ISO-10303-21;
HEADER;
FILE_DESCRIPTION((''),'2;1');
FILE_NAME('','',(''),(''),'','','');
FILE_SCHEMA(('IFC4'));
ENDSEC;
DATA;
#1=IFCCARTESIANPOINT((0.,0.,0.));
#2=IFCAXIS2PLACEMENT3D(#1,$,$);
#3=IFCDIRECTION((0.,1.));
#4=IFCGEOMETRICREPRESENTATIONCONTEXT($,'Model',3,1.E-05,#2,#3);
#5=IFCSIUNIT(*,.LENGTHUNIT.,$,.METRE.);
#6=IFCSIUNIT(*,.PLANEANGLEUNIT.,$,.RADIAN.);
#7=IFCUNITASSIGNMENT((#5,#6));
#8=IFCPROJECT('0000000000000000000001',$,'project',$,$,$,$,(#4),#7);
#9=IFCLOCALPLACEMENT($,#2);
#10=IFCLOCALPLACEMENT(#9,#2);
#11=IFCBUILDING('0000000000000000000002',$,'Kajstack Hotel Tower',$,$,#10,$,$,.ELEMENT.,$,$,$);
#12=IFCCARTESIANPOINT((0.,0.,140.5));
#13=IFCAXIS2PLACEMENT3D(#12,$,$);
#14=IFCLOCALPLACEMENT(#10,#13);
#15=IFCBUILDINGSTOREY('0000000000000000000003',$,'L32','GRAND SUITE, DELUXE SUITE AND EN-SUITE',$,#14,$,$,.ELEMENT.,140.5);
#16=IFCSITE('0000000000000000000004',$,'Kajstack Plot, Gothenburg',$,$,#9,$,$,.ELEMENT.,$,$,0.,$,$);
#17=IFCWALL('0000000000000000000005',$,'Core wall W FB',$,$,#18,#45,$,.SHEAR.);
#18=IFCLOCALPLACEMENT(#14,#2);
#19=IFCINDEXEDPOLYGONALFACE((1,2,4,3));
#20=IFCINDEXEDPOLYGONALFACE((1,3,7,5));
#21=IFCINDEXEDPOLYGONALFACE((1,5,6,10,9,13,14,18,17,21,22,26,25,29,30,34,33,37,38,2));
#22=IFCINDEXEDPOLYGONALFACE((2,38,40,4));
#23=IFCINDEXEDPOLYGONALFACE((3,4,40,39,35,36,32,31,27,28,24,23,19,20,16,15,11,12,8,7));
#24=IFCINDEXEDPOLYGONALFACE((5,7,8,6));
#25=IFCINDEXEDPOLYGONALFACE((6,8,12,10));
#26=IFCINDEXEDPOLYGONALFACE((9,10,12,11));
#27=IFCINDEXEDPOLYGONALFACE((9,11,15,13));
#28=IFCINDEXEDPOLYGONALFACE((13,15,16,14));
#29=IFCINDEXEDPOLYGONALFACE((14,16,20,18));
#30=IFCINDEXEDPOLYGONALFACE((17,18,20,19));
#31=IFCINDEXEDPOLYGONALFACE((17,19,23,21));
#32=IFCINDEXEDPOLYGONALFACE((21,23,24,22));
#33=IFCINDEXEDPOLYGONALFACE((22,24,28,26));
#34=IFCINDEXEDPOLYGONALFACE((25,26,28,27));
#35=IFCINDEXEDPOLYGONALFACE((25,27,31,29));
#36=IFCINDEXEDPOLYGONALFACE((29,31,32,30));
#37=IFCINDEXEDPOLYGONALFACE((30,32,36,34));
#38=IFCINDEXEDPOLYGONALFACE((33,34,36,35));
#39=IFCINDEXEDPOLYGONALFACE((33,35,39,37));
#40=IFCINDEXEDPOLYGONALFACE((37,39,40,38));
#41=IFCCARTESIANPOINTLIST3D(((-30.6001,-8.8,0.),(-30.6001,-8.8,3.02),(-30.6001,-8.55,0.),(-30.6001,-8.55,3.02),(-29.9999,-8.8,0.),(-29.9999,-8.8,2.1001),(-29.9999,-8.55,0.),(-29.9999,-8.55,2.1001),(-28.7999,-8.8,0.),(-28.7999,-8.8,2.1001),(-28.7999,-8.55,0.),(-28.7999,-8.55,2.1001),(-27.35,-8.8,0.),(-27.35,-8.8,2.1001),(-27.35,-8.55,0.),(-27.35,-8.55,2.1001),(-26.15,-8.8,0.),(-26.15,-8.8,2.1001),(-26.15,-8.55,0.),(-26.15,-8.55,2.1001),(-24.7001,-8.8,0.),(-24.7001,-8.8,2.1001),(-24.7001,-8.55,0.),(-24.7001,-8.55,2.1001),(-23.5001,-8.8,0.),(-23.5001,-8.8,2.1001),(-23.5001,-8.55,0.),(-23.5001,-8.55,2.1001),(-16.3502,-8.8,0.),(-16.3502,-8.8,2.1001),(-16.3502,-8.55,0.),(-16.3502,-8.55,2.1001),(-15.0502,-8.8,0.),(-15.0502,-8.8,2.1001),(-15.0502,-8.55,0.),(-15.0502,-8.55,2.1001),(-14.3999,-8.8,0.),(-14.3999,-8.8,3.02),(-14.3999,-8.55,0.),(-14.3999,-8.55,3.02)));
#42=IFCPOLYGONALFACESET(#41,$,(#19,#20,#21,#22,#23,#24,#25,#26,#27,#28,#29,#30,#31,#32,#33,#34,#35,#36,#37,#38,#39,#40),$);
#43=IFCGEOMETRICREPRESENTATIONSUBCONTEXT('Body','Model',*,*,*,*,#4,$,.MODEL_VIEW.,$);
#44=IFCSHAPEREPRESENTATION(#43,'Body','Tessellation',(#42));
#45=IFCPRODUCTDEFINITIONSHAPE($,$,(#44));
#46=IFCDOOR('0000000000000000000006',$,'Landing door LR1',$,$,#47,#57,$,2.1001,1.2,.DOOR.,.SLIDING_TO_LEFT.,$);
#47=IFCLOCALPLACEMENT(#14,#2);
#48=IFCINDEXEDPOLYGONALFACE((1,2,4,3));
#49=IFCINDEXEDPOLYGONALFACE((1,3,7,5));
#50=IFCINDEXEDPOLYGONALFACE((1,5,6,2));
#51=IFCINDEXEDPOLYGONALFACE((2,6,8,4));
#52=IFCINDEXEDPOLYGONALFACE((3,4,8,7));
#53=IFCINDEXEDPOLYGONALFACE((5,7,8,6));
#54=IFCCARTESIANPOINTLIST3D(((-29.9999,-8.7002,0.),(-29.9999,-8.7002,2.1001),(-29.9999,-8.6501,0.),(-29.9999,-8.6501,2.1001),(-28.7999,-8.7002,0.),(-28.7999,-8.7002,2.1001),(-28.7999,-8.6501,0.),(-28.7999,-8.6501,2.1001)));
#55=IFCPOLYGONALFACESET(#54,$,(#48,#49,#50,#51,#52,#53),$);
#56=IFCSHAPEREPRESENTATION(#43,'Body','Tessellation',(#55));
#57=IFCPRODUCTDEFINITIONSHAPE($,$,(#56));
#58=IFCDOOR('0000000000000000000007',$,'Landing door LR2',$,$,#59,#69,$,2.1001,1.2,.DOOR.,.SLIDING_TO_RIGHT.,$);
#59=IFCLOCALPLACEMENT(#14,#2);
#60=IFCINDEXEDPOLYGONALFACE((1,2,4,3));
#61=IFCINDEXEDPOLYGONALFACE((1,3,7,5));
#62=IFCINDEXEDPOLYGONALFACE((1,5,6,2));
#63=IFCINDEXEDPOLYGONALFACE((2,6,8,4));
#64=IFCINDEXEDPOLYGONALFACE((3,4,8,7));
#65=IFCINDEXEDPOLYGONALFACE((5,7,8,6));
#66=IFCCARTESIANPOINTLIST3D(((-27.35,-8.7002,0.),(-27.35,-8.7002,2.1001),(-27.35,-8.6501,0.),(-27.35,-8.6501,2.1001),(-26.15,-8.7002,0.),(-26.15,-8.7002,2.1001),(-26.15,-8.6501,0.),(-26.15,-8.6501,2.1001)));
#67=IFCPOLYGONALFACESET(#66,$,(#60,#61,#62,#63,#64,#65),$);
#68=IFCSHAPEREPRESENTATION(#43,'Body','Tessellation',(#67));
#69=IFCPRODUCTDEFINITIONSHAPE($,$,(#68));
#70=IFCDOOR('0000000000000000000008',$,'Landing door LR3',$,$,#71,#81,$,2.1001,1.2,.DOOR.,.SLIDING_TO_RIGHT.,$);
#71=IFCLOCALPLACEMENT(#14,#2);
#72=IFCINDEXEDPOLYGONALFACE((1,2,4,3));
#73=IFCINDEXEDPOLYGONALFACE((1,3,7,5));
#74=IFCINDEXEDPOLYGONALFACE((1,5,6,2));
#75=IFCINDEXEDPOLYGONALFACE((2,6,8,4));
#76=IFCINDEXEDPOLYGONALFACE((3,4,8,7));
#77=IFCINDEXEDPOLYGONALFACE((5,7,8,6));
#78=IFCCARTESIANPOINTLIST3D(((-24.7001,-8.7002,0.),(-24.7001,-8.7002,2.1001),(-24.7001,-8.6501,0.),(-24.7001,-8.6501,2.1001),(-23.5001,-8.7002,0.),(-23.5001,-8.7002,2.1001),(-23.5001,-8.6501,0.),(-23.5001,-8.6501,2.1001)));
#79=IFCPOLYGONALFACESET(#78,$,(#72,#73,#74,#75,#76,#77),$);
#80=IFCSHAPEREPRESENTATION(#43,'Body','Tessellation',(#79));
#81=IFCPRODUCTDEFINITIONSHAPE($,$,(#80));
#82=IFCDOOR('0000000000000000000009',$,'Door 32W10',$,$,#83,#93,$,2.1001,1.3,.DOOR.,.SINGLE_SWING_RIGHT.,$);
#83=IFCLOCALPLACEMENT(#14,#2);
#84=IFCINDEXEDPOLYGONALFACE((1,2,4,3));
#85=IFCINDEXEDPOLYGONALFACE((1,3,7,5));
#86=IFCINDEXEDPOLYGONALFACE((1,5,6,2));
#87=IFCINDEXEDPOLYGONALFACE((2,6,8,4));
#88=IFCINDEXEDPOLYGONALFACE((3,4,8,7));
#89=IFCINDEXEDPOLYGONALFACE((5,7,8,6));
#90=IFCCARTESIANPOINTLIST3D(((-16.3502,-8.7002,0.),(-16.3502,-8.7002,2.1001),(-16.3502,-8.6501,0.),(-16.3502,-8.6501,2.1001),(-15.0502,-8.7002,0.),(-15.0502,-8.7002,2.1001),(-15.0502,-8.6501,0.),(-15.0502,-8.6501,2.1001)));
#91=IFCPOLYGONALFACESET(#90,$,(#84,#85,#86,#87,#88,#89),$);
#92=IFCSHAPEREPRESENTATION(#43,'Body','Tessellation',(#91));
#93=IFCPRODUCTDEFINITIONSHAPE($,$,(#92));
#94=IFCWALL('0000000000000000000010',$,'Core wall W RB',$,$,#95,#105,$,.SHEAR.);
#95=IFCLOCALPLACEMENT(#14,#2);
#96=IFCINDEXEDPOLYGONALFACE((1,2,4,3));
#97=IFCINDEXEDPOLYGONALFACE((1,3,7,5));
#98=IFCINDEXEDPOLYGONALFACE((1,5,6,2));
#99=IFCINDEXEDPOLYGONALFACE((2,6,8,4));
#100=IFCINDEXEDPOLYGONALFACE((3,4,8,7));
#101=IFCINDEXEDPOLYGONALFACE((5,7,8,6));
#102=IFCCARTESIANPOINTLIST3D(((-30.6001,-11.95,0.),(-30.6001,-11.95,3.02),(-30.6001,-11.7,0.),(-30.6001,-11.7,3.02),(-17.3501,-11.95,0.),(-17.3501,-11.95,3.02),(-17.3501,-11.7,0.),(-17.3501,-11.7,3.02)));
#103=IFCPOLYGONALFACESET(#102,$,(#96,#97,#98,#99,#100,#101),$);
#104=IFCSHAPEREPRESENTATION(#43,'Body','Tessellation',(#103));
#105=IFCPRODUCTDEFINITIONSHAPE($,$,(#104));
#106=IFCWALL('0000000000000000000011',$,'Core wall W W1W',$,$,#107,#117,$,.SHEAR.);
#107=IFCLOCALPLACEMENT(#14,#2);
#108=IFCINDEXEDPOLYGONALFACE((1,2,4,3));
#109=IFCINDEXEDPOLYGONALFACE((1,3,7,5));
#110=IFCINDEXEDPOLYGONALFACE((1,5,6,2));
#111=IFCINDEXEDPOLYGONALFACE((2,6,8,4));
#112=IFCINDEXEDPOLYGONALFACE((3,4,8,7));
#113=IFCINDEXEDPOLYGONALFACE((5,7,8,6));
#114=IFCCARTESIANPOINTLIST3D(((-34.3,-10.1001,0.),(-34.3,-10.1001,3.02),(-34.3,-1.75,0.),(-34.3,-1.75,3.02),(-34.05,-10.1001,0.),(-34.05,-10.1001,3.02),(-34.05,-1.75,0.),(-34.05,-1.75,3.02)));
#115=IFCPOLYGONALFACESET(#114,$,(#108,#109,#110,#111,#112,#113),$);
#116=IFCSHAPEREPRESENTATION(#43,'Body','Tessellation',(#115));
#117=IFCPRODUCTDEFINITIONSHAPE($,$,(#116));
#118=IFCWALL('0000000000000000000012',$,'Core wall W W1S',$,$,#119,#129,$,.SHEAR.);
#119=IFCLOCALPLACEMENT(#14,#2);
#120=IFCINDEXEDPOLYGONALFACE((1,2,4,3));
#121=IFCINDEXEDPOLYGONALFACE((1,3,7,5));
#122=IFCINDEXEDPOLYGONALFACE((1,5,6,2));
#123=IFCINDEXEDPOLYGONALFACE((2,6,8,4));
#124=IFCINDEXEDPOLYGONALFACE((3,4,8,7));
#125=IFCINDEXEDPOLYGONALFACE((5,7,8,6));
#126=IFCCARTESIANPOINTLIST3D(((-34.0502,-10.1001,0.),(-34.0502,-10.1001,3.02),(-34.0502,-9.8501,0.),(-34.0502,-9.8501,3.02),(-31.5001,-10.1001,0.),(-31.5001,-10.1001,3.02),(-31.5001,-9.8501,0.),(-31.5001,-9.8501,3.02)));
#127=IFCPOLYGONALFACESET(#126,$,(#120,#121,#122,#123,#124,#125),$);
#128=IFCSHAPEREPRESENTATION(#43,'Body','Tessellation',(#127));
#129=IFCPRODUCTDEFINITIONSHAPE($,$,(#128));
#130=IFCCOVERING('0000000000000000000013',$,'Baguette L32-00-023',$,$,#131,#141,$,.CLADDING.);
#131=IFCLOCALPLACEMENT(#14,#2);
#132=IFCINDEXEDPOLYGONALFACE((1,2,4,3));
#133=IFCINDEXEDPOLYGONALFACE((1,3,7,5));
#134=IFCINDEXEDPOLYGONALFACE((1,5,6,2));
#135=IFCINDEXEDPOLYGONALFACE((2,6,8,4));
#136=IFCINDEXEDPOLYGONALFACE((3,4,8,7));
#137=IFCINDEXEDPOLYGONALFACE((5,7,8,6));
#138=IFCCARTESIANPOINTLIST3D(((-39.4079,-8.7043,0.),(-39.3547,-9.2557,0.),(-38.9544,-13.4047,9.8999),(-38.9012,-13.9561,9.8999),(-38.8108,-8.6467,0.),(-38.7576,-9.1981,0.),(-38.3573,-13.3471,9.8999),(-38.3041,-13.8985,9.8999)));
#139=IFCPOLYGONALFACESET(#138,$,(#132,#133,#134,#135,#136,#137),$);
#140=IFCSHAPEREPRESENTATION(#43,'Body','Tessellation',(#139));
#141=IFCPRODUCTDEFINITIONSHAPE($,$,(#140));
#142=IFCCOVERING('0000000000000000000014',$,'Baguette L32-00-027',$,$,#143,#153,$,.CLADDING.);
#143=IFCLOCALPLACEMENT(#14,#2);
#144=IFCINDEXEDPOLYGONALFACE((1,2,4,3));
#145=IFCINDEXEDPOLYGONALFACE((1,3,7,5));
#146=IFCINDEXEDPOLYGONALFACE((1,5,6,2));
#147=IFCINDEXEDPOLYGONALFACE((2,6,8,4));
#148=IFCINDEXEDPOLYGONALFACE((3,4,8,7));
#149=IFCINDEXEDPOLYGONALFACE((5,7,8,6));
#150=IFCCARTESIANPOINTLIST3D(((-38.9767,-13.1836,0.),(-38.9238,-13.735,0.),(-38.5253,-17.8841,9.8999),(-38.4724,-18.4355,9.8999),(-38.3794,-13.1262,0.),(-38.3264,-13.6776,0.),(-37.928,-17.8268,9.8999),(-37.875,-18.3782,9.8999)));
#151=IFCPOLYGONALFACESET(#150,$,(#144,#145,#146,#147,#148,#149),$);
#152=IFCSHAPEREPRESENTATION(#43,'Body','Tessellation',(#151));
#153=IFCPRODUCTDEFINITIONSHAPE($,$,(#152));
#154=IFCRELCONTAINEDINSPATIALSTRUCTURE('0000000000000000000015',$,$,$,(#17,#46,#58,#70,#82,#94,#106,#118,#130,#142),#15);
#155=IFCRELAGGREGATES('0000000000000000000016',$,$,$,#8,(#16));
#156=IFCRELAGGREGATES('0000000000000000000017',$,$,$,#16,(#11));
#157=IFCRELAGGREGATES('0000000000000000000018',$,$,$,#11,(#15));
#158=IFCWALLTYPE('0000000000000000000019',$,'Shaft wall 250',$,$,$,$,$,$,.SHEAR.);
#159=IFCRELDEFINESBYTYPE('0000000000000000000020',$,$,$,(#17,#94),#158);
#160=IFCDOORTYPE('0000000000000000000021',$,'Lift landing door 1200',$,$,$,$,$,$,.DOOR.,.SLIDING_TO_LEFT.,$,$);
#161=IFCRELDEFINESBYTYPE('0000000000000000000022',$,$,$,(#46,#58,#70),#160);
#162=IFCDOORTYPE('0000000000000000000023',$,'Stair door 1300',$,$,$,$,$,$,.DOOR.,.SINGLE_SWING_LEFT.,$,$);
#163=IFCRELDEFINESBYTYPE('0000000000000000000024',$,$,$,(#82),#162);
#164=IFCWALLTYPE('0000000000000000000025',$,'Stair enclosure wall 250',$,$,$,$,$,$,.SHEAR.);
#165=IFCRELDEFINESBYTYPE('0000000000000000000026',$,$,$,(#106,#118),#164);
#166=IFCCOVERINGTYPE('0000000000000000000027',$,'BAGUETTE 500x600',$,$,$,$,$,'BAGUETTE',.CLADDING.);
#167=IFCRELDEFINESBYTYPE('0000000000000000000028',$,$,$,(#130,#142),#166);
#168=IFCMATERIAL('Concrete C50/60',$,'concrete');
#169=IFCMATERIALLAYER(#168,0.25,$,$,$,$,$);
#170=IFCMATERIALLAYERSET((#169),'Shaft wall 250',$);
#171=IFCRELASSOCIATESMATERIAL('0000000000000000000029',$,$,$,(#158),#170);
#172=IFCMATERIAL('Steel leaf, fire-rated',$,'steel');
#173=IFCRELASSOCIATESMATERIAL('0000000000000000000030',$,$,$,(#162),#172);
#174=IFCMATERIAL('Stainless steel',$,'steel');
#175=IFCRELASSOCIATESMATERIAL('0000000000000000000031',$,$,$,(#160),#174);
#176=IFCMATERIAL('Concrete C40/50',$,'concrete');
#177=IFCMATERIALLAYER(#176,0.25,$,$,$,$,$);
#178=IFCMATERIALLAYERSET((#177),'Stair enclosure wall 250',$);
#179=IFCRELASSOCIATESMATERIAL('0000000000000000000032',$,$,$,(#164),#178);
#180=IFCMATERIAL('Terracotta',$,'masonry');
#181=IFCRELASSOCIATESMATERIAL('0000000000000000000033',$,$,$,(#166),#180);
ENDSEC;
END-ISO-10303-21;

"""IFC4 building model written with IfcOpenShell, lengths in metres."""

from ifc_helpers import new_model, si_unit, direction, frame, frame_2d, origin, origin_2d, place, context, subcontext, project, spatial, polyline, rectangle, outline, extrude, material, layer, layer_set, material_profile, profile_set, type_object, element, fill, save


model = new_model("IFC4")

# Units and contexts
model_context = context("Model", 3, precision=1e-05, world=origin(), true_north=direction((0.0, 1.0)))
body_context = subcontext(model_context, "Body", "Model", "MODEL_VIEW")
ifc_project = project(units=[si_unit("LENGTHUNIT", "METRE"), si_unit("PLANEANGLEUNIT", "RADIAN")], contexts=[model_context])

# Site, building, storey
site_placement = place(None, origin())
site = spatial("IfcSite", under=ifc_project, at=site_placement, Name="Kajstack Plot, Gothenburg", CompositionType="ELEMENT", RefElevation=0.0)
building_placement = place(site_placement, origin())
building = spatial("IfcBuilding", under=site, at=building_placement, Name="Kajstack Hotel Tower", CompositionType="ELEMENT")
storey_placement = place(building_placement, frame((0.0, 0.0, 140.5)))
storey = spatial("IfcBuildingStorey", under=building, at=storey_placement, Name="L32", Description="GRAND SUITE, DELUXE SUITE AND EN-SUITE", CompositionType="ELEMENT", Elevation=140.5)

# Shared definitions
ifc_material_1 = material(Name="Stainless steel", Category="steel")

# Wall, openings, doors
ifc_material_2 = material(Name="Concrete C50/60", Category="concrete")
ifc_layer_1 = layer(ifc_material_2, 0.25)
ifc_layer_set_1 = layer_set([ifc_layer_1], Name="Shaft wall 250")
wall_type_1 = type_object("IfcWallType", Name="Shaft wall 250", PredefinedType="SHEAR", material=ifc_layer_set_1)
ifc_material_3 = material(Name="Steel leaf, fire-rated", Category="steel")
door_type_1 = type_object("IfcDoorType", Name="Stair door 1300", OperationType="SINGLE_SWING_LEFT", PredefinedType="DOOR", material=ifc_material_3)
wall_1_placement = place(storey_placement, frame((-30.6001, -8.675, 0.0), z_axis=(0.0, 0.0, 1.0), x_axis=(1.0, 0.0, 0.0)))
wall_1 = element("IfcWall", 1, at=wall_1_placement, inside=storey, type_object=wall_type_1, Name="Core wall W FB", PredefinedType="SHEAR", context=body_context, shape_type="SweptSolid", body=[
    extrude(rectangle(XDim=16.2002, YDim=0.25, at=frame_2d((8.1001, 0.0))), origin(), (0.0, 0.0, 1.0), 3.02),
])
opening_1_placement = place(wall_1_placement, frame((0.6001, 0.0, 0.0)))
opening_1 = element("IfcOpeningElement", 2, at=opening_1_placement, cuts=wall_1, PredefinedType="OPENING", context=body_context, shape_type="SweptSolid", body=[
    extrude(rectangle(XDim=1.2, YDim=2.1001, at=frame_2d((0.6001, 1.05))), frame((0.0, 0.135, 0.0), z_axis=(0.0, -1.0, 0.0), x_axis=(1.0, 0.0, 0.0)), (0.0, 0.0, 1.0), 0.27),
])
opening_2_placement = place(wall_1_placement, frame((3.25, 0.0, 0.0)))
opening_2 = element("IfcOpeningElement", 3, at=opening_2_placement, cuts=wall_1, PredefinedType="OPENING", context=body_context, shape_type="SweptSolid", body=[
    extrude(rectangle(XDim=1.2, YDim=2.1001, at=frame_2d((0.6001, 1.05))), frame((0.0, 0.135, 0.0), z_axis=(0.0, -1.0, 0.0), x_axis=(1.0, 0.0, 0.0)), (0.0, 0.0, 1.0), 0.27),
])
opening_3_placement = place(wall_1_placement, frame((5.8999, 0.0, 0.0)))
opening_3 = element("IfcOpeningElement", 4, at=opening_3_placement, cuts=wall_1, PredefinedType="OPENING", context=body_context, shape_type="SweptSolid", body=[
    extrude(rectangle(XDim=1.2, YDim=2.1001, at=frame_2d((0.6001, 1.05))), frame((0.0, 0.135, 0.0), z_axis=(0.0, -1.0, 0.0), x_axis=(1.0, 0.0, 0.0)), (0.0, 0.0, 1.0), 0.27),
])
opening_4_placement = place(wall_1_placement, frame((14.25, 0.0, 0.0)))
opening_4 = element("IfcOpeningElement", 5, at=opening_4_placement, cuts=wall_1, PredefinedType="OPENING", context=body_context, shape_type="SweptSolid", body=[
    extrude(rectangle(XDim=1.3, YDim=2.1001, at=frame_2d((0.6499, 1.05))), frame((0.0, 0.135, 0.0), z_axis=(0.0, -1.0, 0.0), x_axis=(1.0, 0.0, 0.0)), (0.0, 0.0, 1.0), 0.27),
])
door_type_2 = type_object("IfcDoorType", Name="Lift landing door 1200", OperationType="SLIDING_TO_LEFT", PredefinedType="DOOR", material=ifc_material_1)
door_1_placement = place(opening_1_placement, origin())
door_1 = element("IfcDoor", 6, at=door_1_placement, inside=storey, type_object=door_type_2, Name="Landing door LR1", OperationType="SLIDING_TO_LEFT", OverallHeight=2.1001, OverallWidth=1.2, PredefinedType="DOOR", context=body_context, shape_type="SweptSolid", body=[
    extrude(rectangle(XDim=1.2, YDim=2.1001, at=frame_2d((0.6001, 1.05))), frame((0.0, 0.0249, 0.0), z_axis=(0.0, -1.0, 0.0), x_axis=(1.0, 0.0, 0.0)), (0.0, 0.0, 1.0), 0.05),
])
fill(opening_1, door_1)
door_2_placement = place(opening_2_placement, origin())
door_2 = element("IfcDoor", 7, at=door_2_placement, inside=storey, type_object=door_type_2, Name="Landing door LR2", OperationType="SLIDING_TO_RIGHT", OverallHeight=2.1001, OverallWidth=1.2, PredefinedType="DOOR", context=body_context, shape_type="SweptSolid", body=[
    extrude(rectangle(XDim=1.2, YDim=2.1001, at=frame_2d((0.6001, 1.05))), frame((0.0, 0.0249, 0.0), z_axis=(0.0, -1.0, 0.0), x_axis=(1.0, 0.0, 0.0)), (0.0, 0.0, 1.0), 0.05),
])
fill(opening_2, door_2)
door_3_placement = place(opening_3_placement, origin())
door_3 = element("IfcDoor", 8, at=door_3_placement, inside=storey, type_object=door_type_2, Name="Landing door LR3", OperationType="SLIDING_TO_RIGHT", OverallHeight=2.1001, OverallWidth=1.2, PredefinedType="DOOR", context=body_context, shape_type="SweptSolid", body=[
    extrude(rectangle(XDim=1.2, YDim=2.1001, at=frame_2d((0.6001, 1.05))), frame((0.0, 0.0249, 0.0), z_axis=(0.0, -1.0, 0.0), x_axis=(1.0, 0.0, 0.0)), (0.0, 0.0, 1.0), 0.05),
])
fill(opening_3, door_3)
door_4_placement = place(opening_4_placement, origin())
door_4 = element("IfcDoor", 9, at=door_4_placement, inside=storey, type_object=door_type_1, Name="Door 32W10", OperationType="SINGLE_SWING_RIGHT", OverallHeight=2.1001, OverallWidth=1.3, PredefinedType="DOOR", context=body_context, shape_type="SweptSolid", body=[
    extrude(rectangle(XDim=1.3, YDim=2.1001, at=frame_2d((0.6499, 1.05))), frame((0.0, 0.0249, 0.0), z_axis=(0.0, -1.0, 0.0), x_axis=(1.0, 0.0, 0.0)), (0.0, 0.0, 1.0), 0.05),
])
fill(opening_4, door_4)

# Walls
wall_2_placement = place(storey_placement, frame((-30.6001, -11.825, 0.0), z_axis=(0.0, 0.0, 1.0), x_axis=(1.0, 0.0, 0.0)))
element("IfcWall", 10, at=wall_2_placement, inside=storey, type_object=wall_type_1, Name="Core wall W RB", PredefinedType="SHEAR", context=body_context, shape_type="SweptSolid", body=[
    extrude(rectangle(XDim=13.25, YDim=0.25, at=frame_2d((6.625, 0.0))), origin(), (0.0, 0.0, 1.0), 3.02),
])
ifc_material_4 = material(Name="Concrete C40/50", Category="concrete")
ifc_layer_2 = layer(ifc_material_4, 0.25)
ifc_layer_set_2 = layer_set([ifc_layer_2], Name="Stair enclosure wall 250")
wall_type_2 = type_object("IfcWallType", Name="Stair enclosure wall 250", PredefinedType="SHEAR", material=ifc_layer_set_2)
wall_3_placement = place(storey_placement, frame((-34.175, -10.1001, 0.0), z_axis=(0.0, 0.0, 1.0), x_axis=(0.0, 1.0, 0.0)))
element("IfcWall", 11, at=wall_3_placement, inside=storey, type_object=wall_type_2, Name="Core wall W W1W", PredefinedType="SHEAR", context=body_context, shape_type="SweptSolid", body=[
    extrude(rectangle(XDim=8.3501, YDim=0.25, at=frame_2d((4.175, 0.0))), origin(), (0.0, 0.0, 1.0), 3.02),
])
wall_4_placement = place(storey_placement, frame((-34.05, -9.9751, 0.0), z_axis=(0.0, 0.0, 1.0), x_axis=(1.0, 0.0, 0.0)))
element("IfcWall", 12, at=wall_4_placement, inside=storey, type_object=wall_type_2, Name="Core wall W W1S", PredefinedType="SHEAR", context=body_context, shape_type="SweptSolid", body=[
    extrude(rectangle(XDim=2.55, YDim=0.25, at=frame_2d((1.2749, 0.0))), origin(), (0.0, 0.0, 1.0), 3.02),
])

# Coverings
ifc_material_5 = material(Name="Terracotta", Category="masonry")
ifc_material_profile = material_profile(ifc_material_5, rectangle(XDim=0.6001, YDim=0.5, at=origin_2d()), Name="Terracotta-clad concrete baguette 500 x 600")
ifc_profile_set = profile_set([ifc_material_profile], Name="Terracotta")
covering_type = type_object("IfcCoveringType", Name="BAGUETTE 500x600", ElementType="BAGUETTE", PredefinedType="CLADDING", material=ifc_profile_set)
covering_1_placement = place(storey_placement, frame((-38.8108, -8.6467, 0.0), z_axis=(-0.995378, -0.096038, 0.0), x_axis=(0.096038, -0.995378, 0.0)))
element("IfcCovering", 13, at=covering_1_placement, inside=storey, type_object=covering_type, Name="Baguette L32-00-023", PredefinedType="CLADDING", context=body_context, shape_type="SweptSolid", body=[
    extrude(outline(polyline([(4.7222, 9.8999), (0.0, 0.0), (0.554, 0.0), (5.2761, 9.8999), (4.7222, 9.8999)])), origin(), (0.0, 0.0, 1.0), 0.5999),
])
covering_2_placement = place(storey_placement, frame((-38.3794, -13.1262, 0.0), z_axis=(-0.99542, -0.095596, 0.0), x_axis=(0.095596, -0.99542, 0.0)))
element("IfcCovering", 14, at=covering_2_placement, inside=storey, type_object=covering_type, Name="Baguette L32-00-027", PredefinedType="CLADDING", context=body_context, shape_type="SweptSolid", body=[
    extrude(outline(polyline([(4.7222, 9.8999), (0.0, 0.0), (0.554, 0.0), (5.2761, 9.8999), (4.7222, 9.8999)])), origin(), (0.0, 0.0, 1.0), 0.6001),
])

save(model, "model.ifc")
